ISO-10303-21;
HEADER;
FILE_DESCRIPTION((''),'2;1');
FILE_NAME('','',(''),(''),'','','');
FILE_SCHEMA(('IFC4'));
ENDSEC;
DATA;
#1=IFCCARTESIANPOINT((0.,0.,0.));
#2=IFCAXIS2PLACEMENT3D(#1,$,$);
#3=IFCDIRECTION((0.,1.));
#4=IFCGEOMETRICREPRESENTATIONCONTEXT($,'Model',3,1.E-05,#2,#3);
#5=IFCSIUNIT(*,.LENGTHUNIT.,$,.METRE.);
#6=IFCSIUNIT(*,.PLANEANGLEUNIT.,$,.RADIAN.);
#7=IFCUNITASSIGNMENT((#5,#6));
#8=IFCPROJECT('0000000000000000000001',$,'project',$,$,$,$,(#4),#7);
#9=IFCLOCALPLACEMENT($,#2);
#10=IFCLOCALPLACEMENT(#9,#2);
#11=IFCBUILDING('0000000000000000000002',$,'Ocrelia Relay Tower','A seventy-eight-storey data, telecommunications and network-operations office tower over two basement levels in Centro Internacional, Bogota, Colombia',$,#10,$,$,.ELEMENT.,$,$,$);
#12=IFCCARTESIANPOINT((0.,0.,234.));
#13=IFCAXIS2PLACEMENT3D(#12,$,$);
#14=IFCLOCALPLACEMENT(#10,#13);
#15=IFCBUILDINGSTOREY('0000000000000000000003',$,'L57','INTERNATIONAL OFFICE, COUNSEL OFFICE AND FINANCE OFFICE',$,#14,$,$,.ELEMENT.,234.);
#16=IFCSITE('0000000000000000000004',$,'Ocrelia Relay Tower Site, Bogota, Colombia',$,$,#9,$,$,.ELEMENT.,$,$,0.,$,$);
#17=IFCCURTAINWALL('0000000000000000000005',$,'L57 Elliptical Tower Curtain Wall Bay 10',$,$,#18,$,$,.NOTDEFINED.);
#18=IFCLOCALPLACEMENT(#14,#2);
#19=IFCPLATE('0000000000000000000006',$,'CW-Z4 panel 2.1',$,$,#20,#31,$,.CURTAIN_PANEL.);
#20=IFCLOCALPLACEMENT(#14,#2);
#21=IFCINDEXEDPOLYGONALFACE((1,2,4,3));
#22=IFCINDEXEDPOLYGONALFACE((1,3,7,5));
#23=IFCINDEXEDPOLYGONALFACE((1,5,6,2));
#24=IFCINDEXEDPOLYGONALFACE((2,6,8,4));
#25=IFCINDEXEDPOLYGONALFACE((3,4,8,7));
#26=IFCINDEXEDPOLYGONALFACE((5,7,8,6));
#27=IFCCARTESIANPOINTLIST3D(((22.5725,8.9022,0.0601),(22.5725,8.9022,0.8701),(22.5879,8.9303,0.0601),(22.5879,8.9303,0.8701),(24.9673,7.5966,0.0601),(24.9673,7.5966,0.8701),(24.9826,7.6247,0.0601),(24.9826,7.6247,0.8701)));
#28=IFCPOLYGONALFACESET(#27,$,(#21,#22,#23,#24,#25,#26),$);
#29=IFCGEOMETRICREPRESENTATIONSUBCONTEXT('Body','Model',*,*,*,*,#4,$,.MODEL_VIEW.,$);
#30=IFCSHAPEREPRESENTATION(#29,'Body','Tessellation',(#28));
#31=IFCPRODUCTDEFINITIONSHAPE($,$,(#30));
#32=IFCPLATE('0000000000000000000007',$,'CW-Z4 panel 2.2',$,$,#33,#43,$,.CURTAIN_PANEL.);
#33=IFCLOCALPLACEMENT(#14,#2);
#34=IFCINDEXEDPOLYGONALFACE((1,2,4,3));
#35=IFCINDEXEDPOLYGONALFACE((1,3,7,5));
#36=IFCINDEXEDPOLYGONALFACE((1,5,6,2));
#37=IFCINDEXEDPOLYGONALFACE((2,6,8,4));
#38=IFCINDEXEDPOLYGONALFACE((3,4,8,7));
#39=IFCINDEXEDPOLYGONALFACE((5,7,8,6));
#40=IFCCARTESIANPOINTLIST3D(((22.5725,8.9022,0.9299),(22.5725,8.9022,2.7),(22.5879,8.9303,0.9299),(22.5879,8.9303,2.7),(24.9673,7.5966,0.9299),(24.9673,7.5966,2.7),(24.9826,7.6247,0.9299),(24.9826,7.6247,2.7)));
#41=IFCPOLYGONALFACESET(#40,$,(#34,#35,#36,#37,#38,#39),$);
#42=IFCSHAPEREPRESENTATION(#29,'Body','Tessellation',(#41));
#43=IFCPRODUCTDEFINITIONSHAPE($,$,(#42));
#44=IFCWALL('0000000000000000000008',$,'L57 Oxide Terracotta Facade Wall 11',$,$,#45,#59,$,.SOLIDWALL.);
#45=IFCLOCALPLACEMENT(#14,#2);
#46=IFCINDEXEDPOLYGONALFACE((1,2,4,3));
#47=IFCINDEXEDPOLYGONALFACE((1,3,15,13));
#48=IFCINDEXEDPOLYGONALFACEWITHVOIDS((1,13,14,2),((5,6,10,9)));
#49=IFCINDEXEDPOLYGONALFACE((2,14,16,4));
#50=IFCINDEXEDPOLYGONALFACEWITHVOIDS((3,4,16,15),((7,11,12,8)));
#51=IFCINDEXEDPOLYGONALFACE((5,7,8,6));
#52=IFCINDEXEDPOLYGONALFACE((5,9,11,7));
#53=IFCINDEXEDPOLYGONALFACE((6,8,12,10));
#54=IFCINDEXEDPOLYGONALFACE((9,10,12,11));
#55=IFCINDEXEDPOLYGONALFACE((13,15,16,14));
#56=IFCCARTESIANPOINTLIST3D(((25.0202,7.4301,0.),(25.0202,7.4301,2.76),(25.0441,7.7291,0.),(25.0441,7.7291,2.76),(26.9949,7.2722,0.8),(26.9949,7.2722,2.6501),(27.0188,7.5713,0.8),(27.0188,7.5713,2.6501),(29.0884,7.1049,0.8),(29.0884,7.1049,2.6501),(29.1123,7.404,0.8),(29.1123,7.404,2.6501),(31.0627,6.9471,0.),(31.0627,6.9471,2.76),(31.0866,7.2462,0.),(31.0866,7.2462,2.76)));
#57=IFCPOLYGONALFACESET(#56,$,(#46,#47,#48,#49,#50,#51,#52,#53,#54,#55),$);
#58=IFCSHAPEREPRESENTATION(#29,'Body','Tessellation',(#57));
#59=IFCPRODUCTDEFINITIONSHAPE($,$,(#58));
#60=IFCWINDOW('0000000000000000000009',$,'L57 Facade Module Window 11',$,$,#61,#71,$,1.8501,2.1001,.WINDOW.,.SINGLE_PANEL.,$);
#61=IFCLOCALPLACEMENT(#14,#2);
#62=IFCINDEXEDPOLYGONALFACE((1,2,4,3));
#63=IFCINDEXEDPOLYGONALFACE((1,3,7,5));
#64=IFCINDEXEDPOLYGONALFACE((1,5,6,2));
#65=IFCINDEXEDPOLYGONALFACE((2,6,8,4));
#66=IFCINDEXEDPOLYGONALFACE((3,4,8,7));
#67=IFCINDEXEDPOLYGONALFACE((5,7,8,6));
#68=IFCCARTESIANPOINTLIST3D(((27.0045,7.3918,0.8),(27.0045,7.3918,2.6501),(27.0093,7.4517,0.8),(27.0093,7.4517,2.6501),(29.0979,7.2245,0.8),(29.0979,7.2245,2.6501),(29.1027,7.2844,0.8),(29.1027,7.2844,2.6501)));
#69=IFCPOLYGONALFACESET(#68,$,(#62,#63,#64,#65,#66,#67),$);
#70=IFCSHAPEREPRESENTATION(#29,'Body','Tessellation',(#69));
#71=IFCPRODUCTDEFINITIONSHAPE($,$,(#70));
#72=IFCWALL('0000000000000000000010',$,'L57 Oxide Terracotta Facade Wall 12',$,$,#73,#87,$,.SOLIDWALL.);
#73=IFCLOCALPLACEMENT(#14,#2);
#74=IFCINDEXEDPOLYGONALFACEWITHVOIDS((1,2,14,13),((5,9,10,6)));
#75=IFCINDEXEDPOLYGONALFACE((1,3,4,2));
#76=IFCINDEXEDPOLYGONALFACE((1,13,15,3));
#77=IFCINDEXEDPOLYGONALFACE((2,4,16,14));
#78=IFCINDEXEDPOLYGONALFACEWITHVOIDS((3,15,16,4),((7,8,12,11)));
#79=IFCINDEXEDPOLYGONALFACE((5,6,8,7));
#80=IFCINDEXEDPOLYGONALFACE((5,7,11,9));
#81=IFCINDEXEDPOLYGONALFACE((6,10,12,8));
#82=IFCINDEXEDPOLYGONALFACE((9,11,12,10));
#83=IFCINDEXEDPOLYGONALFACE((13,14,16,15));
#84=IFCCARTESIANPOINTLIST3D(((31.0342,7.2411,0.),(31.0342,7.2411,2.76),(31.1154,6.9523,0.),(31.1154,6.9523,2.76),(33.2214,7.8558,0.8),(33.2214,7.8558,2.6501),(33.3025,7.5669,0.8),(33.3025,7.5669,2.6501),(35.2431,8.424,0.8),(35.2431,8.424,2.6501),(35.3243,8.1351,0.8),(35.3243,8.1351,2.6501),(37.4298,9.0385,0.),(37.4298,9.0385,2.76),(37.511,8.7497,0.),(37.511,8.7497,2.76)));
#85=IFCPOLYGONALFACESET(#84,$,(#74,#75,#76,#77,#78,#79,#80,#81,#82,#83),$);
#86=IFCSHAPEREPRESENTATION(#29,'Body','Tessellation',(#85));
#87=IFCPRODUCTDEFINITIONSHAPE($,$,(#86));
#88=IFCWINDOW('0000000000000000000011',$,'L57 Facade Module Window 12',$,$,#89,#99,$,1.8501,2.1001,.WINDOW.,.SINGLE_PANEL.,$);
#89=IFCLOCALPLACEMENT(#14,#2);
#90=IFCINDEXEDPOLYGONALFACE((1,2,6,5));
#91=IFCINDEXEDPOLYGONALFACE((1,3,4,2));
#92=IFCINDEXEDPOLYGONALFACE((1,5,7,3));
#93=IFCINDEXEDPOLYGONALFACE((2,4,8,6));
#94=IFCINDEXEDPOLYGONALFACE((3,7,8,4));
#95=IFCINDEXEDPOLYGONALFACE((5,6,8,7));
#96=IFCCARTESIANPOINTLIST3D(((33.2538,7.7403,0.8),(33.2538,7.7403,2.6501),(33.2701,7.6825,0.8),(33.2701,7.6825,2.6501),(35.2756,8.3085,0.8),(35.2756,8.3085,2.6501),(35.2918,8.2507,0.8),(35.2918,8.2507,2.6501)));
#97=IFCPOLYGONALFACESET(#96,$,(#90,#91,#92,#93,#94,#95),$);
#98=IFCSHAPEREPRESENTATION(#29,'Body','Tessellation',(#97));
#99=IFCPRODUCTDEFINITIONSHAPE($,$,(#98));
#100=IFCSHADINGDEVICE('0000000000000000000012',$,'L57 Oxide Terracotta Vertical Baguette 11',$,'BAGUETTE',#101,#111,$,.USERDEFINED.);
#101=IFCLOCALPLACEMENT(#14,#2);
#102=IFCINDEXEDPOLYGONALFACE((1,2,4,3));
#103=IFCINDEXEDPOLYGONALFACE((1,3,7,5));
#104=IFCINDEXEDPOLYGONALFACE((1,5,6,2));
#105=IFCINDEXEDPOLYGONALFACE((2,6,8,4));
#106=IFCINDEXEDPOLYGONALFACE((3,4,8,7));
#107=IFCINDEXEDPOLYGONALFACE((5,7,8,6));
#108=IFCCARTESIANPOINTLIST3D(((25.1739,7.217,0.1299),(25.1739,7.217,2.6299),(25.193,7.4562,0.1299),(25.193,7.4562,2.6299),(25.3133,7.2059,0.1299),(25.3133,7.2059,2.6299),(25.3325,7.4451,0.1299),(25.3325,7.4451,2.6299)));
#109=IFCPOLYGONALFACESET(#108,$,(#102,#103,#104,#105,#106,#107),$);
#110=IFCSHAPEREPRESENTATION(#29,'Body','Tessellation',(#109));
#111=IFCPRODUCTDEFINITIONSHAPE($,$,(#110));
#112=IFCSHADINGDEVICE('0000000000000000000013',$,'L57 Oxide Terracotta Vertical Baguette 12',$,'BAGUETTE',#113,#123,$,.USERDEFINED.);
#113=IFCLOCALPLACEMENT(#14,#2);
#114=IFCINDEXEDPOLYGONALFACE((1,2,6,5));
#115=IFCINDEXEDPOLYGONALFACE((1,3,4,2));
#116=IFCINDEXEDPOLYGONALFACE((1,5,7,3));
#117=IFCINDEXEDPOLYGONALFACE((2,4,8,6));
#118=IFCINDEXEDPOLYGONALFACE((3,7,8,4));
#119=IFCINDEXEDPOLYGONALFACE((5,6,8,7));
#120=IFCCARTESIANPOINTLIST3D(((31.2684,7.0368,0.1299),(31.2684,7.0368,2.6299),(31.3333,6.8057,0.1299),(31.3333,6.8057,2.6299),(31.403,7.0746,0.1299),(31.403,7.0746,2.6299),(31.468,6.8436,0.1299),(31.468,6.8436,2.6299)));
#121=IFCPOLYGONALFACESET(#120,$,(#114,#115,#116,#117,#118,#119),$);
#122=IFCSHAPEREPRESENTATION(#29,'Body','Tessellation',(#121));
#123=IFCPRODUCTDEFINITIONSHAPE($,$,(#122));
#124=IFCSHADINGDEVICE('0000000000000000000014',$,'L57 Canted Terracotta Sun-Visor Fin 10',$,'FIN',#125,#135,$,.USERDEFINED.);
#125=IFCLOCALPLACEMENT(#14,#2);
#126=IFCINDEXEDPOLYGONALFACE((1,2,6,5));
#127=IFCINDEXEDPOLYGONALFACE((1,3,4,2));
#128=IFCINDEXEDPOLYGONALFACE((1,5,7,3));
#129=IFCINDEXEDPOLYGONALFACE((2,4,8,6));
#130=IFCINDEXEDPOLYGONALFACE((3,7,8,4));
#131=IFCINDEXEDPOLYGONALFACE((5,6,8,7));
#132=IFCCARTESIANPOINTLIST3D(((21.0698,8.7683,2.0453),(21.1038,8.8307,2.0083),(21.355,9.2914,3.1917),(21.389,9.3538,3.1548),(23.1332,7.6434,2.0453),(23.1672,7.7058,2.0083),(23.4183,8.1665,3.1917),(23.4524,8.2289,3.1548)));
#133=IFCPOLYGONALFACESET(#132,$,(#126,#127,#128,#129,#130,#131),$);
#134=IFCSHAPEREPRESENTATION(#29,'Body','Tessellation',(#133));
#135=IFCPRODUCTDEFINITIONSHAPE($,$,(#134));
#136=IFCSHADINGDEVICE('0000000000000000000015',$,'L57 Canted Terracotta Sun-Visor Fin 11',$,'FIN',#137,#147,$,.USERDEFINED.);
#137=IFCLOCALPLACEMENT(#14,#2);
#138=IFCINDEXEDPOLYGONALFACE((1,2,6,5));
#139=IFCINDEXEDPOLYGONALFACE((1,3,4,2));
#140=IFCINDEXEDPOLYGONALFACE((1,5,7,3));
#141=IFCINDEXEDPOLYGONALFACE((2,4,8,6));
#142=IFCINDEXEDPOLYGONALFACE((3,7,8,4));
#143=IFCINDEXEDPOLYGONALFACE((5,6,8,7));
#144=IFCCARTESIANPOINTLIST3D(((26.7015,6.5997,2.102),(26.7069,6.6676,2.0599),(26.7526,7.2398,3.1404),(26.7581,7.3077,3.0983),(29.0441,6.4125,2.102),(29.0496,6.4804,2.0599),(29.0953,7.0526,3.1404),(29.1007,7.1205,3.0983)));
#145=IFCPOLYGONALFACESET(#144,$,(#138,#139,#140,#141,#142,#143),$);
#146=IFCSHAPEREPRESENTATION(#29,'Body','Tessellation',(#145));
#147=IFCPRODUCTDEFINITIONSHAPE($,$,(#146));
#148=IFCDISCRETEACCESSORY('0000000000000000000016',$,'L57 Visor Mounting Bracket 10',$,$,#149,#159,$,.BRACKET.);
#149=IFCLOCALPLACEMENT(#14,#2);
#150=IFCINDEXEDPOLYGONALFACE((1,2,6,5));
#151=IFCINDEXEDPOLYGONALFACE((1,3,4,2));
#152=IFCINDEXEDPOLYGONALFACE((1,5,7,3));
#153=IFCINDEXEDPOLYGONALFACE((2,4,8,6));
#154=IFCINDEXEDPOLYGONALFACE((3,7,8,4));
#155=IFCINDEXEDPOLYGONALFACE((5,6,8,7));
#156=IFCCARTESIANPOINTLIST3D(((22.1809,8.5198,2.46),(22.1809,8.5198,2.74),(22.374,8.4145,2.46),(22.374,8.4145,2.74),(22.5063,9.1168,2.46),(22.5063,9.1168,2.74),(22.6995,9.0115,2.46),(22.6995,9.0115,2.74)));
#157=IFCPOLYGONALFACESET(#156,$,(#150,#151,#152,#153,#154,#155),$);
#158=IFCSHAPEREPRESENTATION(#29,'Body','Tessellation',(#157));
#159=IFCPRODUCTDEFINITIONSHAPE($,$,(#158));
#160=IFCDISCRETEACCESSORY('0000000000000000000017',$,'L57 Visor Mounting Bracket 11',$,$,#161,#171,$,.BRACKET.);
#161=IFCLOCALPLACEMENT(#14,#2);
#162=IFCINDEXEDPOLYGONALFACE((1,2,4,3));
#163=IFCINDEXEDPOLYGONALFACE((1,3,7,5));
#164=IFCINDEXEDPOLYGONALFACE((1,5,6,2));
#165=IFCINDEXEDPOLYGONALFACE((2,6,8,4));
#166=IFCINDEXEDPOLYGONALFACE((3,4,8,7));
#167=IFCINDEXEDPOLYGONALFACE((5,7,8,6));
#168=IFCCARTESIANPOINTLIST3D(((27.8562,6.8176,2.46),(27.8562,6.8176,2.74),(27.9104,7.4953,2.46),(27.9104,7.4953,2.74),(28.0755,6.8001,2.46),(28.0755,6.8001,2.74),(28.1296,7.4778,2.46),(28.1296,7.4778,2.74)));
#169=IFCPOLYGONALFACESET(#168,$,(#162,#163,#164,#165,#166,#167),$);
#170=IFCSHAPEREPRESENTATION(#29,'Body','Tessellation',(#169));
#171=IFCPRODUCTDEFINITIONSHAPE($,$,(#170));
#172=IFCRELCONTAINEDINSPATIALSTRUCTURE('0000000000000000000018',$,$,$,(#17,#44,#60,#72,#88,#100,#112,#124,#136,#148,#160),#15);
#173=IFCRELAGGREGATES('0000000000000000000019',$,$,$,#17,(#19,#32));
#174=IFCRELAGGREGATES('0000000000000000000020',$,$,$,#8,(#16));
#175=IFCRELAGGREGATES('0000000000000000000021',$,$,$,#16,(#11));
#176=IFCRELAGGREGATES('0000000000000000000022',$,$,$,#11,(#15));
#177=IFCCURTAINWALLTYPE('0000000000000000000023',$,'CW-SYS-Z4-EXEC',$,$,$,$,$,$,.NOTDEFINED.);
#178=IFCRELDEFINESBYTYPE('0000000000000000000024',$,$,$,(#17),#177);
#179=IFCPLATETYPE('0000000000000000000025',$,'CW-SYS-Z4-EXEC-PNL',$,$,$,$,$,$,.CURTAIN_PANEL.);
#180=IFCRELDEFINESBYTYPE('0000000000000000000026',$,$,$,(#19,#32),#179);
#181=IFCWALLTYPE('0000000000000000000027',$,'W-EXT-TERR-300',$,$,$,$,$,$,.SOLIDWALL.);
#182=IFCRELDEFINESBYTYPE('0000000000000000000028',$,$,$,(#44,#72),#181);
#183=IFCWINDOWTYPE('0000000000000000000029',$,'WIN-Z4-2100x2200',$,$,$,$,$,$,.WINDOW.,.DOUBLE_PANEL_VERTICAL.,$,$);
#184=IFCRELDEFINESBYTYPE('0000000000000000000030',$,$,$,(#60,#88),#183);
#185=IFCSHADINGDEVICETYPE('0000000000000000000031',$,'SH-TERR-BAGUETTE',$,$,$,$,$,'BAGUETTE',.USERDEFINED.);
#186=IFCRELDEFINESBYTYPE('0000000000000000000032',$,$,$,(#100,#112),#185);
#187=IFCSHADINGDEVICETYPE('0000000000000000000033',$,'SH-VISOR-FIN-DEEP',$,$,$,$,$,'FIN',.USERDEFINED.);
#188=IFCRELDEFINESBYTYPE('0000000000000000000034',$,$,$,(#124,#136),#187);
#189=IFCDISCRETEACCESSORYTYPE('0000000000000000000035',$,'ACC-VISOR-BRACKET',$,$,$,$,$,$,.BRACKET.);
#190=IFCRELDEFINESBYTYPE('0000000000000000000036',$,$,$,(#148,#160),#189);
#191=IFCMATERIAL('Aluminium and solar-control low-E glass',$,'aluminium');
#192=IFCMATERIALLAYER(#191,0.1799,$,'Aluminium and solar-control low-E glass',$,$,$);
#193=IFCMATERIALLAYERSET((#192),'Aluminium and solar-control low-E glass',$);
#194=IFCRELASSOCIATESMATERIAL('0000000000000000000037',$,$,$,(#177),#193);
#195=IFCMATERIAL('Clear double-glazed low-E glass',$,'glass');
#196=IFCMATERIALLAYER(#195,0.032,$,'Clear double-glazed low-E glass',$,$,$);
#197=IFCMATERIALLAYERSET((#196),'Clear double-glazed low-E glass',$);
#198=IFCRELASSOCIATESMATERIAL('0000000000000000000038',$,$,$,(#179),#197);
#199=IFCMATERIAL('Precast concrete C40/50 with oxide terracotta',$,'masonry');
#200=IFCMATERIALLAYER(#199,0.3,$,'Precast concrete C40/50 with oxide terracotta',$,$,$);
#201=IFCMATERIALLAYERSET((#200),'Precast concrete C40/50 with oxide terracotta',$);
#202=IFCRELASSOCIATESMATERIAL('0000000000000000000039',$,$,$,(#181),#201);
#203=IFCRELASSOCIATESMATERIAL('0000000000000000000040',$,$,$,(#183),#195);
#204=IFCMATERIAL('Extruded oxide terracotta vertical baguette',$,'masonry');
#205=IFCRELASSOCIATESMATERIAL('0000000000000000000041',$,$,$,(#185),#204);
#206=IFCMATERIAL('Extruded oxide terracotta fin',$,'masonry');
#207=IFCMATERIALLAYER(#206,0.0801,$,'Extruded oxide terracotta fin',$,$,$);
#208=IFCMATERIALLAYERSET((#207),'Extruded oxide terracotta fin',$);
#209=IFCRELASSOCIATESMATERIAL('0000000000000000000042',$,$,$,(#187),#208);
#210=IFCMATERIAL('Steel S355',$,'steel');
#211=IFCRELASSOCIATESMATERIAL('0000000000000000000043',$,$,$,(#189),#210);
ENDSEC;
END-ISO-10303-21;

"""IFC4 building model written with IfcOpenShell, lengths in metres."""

from ifc_helpers import new_model, si_unit, direction, frame, frame_2d, origin, origin_2d, place, context, subcontext, project, spatial, rectangle, extrude, material, layer, layer_set, type_object, element, fill, aggregate, save


model = new_model("IFC4")

# Units and contexts
model_context = context("Model", 3, precision=1e-05, world=origin(), true_north=direction((0.0, 1.0)))
body_context = subcontext(model_context, "Body", "Model", "MODEL_VIEW")
ifc_project = project(units=[si_unit("LENGTHUNIT", "METRE"), si_unit("PLANEANGLEUNIT", "RADIAN")], contexts=[model_context])

# Site, building, storey
site_placement = place(None, origin())
site = spatial("IfcSite", under=ifc_project, at=site_placement, Name="Ocrelia Relay Tower Site, Bogota, Colombia", CompositionType="ELEMENT", RefElevation=0.0)
building_placement = place(site_placement, origin())
building = spatial("IfcBuilding", under=site, at=building_placement, Name="Ocrelia Relay Tower", Description="A seventy-eight-storey data, telecommunications and network-operations office tower over two basement levels in Centro Internacional, Bogota, Colombia", CompositionType="ELEMENT")
storey_placement = place(building_placement, frame((0.0, 0.0, 234.0)))
storey = spatial("IfcBuildingStorey", under=building, at=storey_placement, Name="L57", Description="INTERNATIONAL OFFICE, COUNSEL OFFICE AND FINANCE OFFICE", CompositionType="ELEMENT", Elevation=234.0)

# Shared definitions
ifc_material_1 = material(Name="Steel S355", Category="steel")

# Curtain wall, plates
ifc_material_2 = material(Name="Aluminium and solar-control low-E glass", Category="aluminium")
ifc_layer_1 = layer(ifc_material_2, 0.1799, Name="Aluminium and solar-control low-E glass")
ifc_layer_set_1 = layer_set([ifc_layer_1], Name="Aluminium and solar-control low-E glass")
curtain_wall_type = type_object("IfcCurtainWallType", Name="CW-SYS-Z4-EXEC", PredefinedType="NOTDEFINED", material=ifc_layer_set_1)
curtain_wall_placement = place(storey_placement, origin())
curtain_wall = element("IfcCurtainWall", 1, at=curtain_wall_placement, inside=storey, type_object=curtain_wall_type, Name="L57 Elliptical Tower Curtain Wall Bay 10", PredefinedType="NOTDEFINED")
ifc_material_3 = material(Name="Clear double-glazed low-E glass", Category="glass")
ifc_layer_2 = layer(ifc_material_3, 0.032, Name="Clear double-glazed low-E glass")
ifc_layer_set_2 = layer_set([ifc_layer_2], Name="Clear double-glazed low-E glass")
plate_type = type_object("IfcPlateType", Name="CW-SYS-Z4-EXEC-PNL", PredefinedType="CURTAIN_PANEL", material=ifc_layer_set_2)
plate_1_placement = place(storey_placement, frame((23.7776, 8.2634, 0.0601), z_axis=(0.0, 0.0, 1.0), x_axis=(0.877996, -0.478669, 0.0)))
plate_1 = element("IfcPlate", 2, at=plate_1_placement, type_object=plate_type, Name="CW-Z4 panel 2.1", PredefinedType="CURTAIN_PANEL", context=body_context, shape_type="SweptSolid", body=[
    extrude(rectangle(XDim=2.7275, YDim=0.032, at=origin_2d()), origin(), (0.0, 0.0, 1.0), 0.8101),
])
plate_2_placement = place(storey_placement, frame((23.7776, 8.2634, 0.9299), z_axis=(0.0, 0.0, 1.0), x_axis=(0.877996, -0.478669, 0.0)))
plate_2 = element("IfcPlate", 3, at=plate_2_placement, type_object=plate_type, Name="CW-Z4 panel 2.2", PredefinedType="CURTAIN_PANEL", context=body_context, shape_type="SweptSolid", body=[
    extrude(rectangle(XDim=2.7275, YDim=0.032, at=origin_2d()), origin(), (0.0, 0.0, 1.0), 1.77),
])
aggregate(curtain_wall, [plate_1, plate_2])

# Walls, openings, windows
ifc_material_4 = material(Name="Precast concrete C40/50 with oxide terracotta", Category="masonry")
ifc_layer_3 = layer(ifc_material_4, 0.3, Name="Precast concrete C40/50 with oxide terracotta")
ifc_layer_set_3 = layer_set([ifc_layer_3], Name="Precast concrete C40/50 with oxide terracotta")
wall_type = type_object("IfcWallType", Name="W-EXT-TERR-300", PredefinedType="SOLIDWALL", material=ifc_layer_set_3)
wall_1_placement = place(storey_placement, frame((25.0322, 7.5796, 0.0), z_axis=(0.0, 0.0, 1.0), x_axis=(0.996822, -0.079665, 0.0)))
wall_1 = element("IfcWall", 4, at=wall_1_placement, inside=storey, type_object=wall_type, Name="L57 Oxide Terracotta Facade Wall 11", PredefinedType="SOLIDWALL", context=body_context, shape_type="SweptSolid", body=[
    extrude(rectangle(XDim=6.0618, YDim=0.3, at=frame_2d((3.0308, 0.0))), origin(), (0.0, 0.0, 1.0), 2.76),
])
opening_1_placement = place(wall_1_placement, frame((1.981, 0.0, 0.8)))
opening_1 = element("IfcOpeningElement", 5, at=opening_1_placement, cuts=wall_1, PredefinedType="OPENING", context=body_context, shape_type="SweptSolid", body=[
    extrude(rectangle(XDim=2.1001, YDim=1.8501, at=frame_2d((1.05, 0.925))), frame((0.0, 0.1602, 0.0), z_axis=(0.0, -1.0, 0.0), x_axis=(1.0, 0.0, 0.0)), (0.0, 0.0, 1.0), 0.3201),
])
window_type = type_object("IfcWindowType", Name="WIN-Z4-2100x2200", PartitioningType="DOUBLE_PANEL_VERTICAL", PredefinedType="WINDOW", material=ifc_material_3)
window_1_placement = place(opening_1_placement, origin())
window_1 = element("IfcWindow", 6, at=window_1_placement, inside=storey, type_object=window_type, Name="L57 Facade Module Window 11", OverallHeight=1.8501, OverallWidth=2.1001, PartitioningType="SINGLE_PANEL", PredefinedType="WINDOW", context=body_context, shape_type="SweptSolid", body=[
    extrude(rectangle(XDim=2.1001, YDim=1.8501, at=frame_2d((1.05, 0.925))), frame((0.0, 0.03, 0.0), z_axis=(0.0, -1.0, 0.0), x_axis=(1.0, 0.0, 0.0)), (0.0, 0.0, 1.0), 0.0601),
])
fill(opening_1, window_1)
wall_2_placement = place(storey_placement, frame((31.0747, 7.0967, 0.0), z_axis=(0.0, 0.0, 1.0), x_axis=(0.962705, 0.270554, 0.0)))
wall_2 = element("IfcWall", 7, at=wall_2_placement, inside=storey, type_object=wall_type, Name="L57 Oxide Terracotta Facade Wall 12", PredefinedType="SOLIDWALL", context=body_context, shape_type="SweptSolid", body=[
    extrude(rectangle(XDim=6.6433, YDim=0.3, at=frame_2d((3.3218, 0.0))), origin(), (0.0, 0.0, 1.0), 2.76),
])
opening_2_placement = place(wall_2_placement, frame((2.272, 0.0, 0.8)))
opening_2 = element("IfcOpeningElement", 8, at=opening_2_placement, cuts=wall_2, PredefinedType="OPENING", context=body_context, shape_type="SweptSolid", body=[
    extrude(rectangle(XDim=2.1001, YDim=1.8501, at=frame_2d((1.05, 0.925))), frame((0.0, 0.1602, 0.0), z_axis=(0.0, -1.0, 0.0), x_axis=(1.0, 0.0, 0.0)), (0.0, 0.0, 1.0), 0.3201),
])
window_2_placement = place(opening_2_placement, origin())
window_2 = element("IfcWindow", 9, at=window_2_placement, inside=storey, type_object=window_type, Name="L57 Facade Module Window 12", OverallHeight=1.8501, OverallWidth=2.1001, PartitioningType="SINGLE_PANEL", PredefinedType="WINDOW", context=body_context, shape_type="SweptSolid", body=[
    extrude(rectangle(XDim=2.1001, YDim=1.8501, at=frame_2d((1.05, 0.925))), frame((0.0, 0.03, 0.0), z_axis=(0.0, -1.0, 0.0), x_axis=(1.0, 0.0, 0.0)), (0.0, 0.0, 1.0), 0.0601),
])
fill(opening_2, window_2)

# Shading devices
ifc_material_5 = material(Name="Extruded oxide terracotta vertical baguette", Category="masonry")
shading_device_type_1 = type_object("IfcShadingDeviceType", Name="SH-TERR-BAGUETTE", ElementType="BAGUETTE", PredefinedType="USERDEFINED", material=ifc_material_5)
for number, where, z_axis, x_axis, name in (
    (10, (25.2532, 7.3311, 0.1299), (0.0, 0.0, 1.0), (0.996825, -0.079629, 0.0), "L57 Oxide Terracotta Vertical Baguette 11"),
    (11, (31.3682, 6.9402, 0.1299), (0.0, 0.0, 1.0), (0.962711, 0.270532, 0.0), "L57 Oxide Terracotta Vertical Baguette 12"),
):
    element("IfcShadingDevice", number, at=place(storey_placement, frame(where, z_axis=z_axis, x_axis=x_axis)), inside=storey, type_object=shading_device_type_1, Name=name, ObjectType="BAGUETTE", PredefinedType="USERDEFINED", context=body_context, shape_type="SweptSolid", body=[
        extrude(rectangle(XDim=0.1399, YDim=0.24, at=origin_2d()), origin(), (0.0, 0.0, 1.0), 2.5),
    ])
ifc_material_6 = material(Name="Extruded oxide terracotta fin", Category="masonry")
ifc_layer_4 = layer(ifc_material_6, 0.0801, Name="Extruded oxide terracotta fin")
ifc_layer_set_4 = layer_set([ifc_layer_4], Name="Extruded oxide terracotta fin")
shading_device_type_2 = type_object("IfcShadingDeviceType", Name="SH-VISOR-FIN-DEEP", ElementType="FIN", PredefinedType="USERDEFINED", material=ifc_layer_set_4)
shading_device_1_placement = place(storey_placement, frame((22.2781, 8.5298, 2.5815), z_axis=(-0.424738, -0.779075, 0.461129), x_axis=(0.877996, -0.478669, 0.0)))
element("IfcShadingDevice", 12, at=shading_device_1_placement, inside=storey, type_object=shading_device_type_2, Name="L57 Canted Terracotta Sun-Visor Fin 10", ObjectType="FIN", PredefinedType="USERDEFINED", context=body_context, shape_type="SweptSolid", body=[
    extrude(rectangle(XDim=2.3501, YDim=1.292, at=origin_2d()), origin(), (0.0, 0.0, 1.0), 0.0801),
])
shading_device_2_placement = place(storey_placement, frame((27.9038, 6.894, 2.5791), z_axis=(-0.067727, -0.847835, 0.525917), x_axis=(0.996825, -0.079629, 0.0)))
element("IfcShadingDevice", 13, at=shading_device_2_placement, inside=storey, type_object=shading_device_type_2, Name="L57 Canted Terracotta Sun-Visor Fin 11", ObjectType="FIN", PredefinedType="USERDEFINED", context=body_context, shape_type="SweptSolid", body=[
    extrude(rectangle(XDim=2.3501, YDim=1.2209, at=origin_2d()), origin(), (0.0, 0.0, 1.0), 0.0801),
])

# Discrete accessories
discrete_accessory_type = type_object("IfcDiscreteAccessoryType", Name="ACC-VISOR-BRACKET", PredefinedType="BRACKET", material=ifc_material_1)
for number, where, z_axis, x_axis, name in (
    (14, (22.4402, 8.7656, 2.46), (0.0, 0.0, 1.0), (0.877996, -0.478669, 0.0), "L57 Visor Mounting Bracket 10"),
    (15, (27.9929, 7.1477, 2.46), (0.0, 0.0, 1.0), (0.996825, -0.079629, 0.0), "L57 Visor Mounting Bracket 11"),
):
    element("IfcDiscreteAccessory", number, at=place(storey_placement, frame(where, z_axis=z_axis, x_axis=x_axis)), inside=storey, type_object=discrete_accessory_type, Name=name, PredefinedType="BRACKET", context=body_context, shape_type="SweptSolid", body=[
        extrude(rectangle(XDim=0.22, YDim=0.6799, at=origin_2d()), origin(), (0.0, 0.0, 1.0), 0.28),
    ])

save(model, "model.ifc")
